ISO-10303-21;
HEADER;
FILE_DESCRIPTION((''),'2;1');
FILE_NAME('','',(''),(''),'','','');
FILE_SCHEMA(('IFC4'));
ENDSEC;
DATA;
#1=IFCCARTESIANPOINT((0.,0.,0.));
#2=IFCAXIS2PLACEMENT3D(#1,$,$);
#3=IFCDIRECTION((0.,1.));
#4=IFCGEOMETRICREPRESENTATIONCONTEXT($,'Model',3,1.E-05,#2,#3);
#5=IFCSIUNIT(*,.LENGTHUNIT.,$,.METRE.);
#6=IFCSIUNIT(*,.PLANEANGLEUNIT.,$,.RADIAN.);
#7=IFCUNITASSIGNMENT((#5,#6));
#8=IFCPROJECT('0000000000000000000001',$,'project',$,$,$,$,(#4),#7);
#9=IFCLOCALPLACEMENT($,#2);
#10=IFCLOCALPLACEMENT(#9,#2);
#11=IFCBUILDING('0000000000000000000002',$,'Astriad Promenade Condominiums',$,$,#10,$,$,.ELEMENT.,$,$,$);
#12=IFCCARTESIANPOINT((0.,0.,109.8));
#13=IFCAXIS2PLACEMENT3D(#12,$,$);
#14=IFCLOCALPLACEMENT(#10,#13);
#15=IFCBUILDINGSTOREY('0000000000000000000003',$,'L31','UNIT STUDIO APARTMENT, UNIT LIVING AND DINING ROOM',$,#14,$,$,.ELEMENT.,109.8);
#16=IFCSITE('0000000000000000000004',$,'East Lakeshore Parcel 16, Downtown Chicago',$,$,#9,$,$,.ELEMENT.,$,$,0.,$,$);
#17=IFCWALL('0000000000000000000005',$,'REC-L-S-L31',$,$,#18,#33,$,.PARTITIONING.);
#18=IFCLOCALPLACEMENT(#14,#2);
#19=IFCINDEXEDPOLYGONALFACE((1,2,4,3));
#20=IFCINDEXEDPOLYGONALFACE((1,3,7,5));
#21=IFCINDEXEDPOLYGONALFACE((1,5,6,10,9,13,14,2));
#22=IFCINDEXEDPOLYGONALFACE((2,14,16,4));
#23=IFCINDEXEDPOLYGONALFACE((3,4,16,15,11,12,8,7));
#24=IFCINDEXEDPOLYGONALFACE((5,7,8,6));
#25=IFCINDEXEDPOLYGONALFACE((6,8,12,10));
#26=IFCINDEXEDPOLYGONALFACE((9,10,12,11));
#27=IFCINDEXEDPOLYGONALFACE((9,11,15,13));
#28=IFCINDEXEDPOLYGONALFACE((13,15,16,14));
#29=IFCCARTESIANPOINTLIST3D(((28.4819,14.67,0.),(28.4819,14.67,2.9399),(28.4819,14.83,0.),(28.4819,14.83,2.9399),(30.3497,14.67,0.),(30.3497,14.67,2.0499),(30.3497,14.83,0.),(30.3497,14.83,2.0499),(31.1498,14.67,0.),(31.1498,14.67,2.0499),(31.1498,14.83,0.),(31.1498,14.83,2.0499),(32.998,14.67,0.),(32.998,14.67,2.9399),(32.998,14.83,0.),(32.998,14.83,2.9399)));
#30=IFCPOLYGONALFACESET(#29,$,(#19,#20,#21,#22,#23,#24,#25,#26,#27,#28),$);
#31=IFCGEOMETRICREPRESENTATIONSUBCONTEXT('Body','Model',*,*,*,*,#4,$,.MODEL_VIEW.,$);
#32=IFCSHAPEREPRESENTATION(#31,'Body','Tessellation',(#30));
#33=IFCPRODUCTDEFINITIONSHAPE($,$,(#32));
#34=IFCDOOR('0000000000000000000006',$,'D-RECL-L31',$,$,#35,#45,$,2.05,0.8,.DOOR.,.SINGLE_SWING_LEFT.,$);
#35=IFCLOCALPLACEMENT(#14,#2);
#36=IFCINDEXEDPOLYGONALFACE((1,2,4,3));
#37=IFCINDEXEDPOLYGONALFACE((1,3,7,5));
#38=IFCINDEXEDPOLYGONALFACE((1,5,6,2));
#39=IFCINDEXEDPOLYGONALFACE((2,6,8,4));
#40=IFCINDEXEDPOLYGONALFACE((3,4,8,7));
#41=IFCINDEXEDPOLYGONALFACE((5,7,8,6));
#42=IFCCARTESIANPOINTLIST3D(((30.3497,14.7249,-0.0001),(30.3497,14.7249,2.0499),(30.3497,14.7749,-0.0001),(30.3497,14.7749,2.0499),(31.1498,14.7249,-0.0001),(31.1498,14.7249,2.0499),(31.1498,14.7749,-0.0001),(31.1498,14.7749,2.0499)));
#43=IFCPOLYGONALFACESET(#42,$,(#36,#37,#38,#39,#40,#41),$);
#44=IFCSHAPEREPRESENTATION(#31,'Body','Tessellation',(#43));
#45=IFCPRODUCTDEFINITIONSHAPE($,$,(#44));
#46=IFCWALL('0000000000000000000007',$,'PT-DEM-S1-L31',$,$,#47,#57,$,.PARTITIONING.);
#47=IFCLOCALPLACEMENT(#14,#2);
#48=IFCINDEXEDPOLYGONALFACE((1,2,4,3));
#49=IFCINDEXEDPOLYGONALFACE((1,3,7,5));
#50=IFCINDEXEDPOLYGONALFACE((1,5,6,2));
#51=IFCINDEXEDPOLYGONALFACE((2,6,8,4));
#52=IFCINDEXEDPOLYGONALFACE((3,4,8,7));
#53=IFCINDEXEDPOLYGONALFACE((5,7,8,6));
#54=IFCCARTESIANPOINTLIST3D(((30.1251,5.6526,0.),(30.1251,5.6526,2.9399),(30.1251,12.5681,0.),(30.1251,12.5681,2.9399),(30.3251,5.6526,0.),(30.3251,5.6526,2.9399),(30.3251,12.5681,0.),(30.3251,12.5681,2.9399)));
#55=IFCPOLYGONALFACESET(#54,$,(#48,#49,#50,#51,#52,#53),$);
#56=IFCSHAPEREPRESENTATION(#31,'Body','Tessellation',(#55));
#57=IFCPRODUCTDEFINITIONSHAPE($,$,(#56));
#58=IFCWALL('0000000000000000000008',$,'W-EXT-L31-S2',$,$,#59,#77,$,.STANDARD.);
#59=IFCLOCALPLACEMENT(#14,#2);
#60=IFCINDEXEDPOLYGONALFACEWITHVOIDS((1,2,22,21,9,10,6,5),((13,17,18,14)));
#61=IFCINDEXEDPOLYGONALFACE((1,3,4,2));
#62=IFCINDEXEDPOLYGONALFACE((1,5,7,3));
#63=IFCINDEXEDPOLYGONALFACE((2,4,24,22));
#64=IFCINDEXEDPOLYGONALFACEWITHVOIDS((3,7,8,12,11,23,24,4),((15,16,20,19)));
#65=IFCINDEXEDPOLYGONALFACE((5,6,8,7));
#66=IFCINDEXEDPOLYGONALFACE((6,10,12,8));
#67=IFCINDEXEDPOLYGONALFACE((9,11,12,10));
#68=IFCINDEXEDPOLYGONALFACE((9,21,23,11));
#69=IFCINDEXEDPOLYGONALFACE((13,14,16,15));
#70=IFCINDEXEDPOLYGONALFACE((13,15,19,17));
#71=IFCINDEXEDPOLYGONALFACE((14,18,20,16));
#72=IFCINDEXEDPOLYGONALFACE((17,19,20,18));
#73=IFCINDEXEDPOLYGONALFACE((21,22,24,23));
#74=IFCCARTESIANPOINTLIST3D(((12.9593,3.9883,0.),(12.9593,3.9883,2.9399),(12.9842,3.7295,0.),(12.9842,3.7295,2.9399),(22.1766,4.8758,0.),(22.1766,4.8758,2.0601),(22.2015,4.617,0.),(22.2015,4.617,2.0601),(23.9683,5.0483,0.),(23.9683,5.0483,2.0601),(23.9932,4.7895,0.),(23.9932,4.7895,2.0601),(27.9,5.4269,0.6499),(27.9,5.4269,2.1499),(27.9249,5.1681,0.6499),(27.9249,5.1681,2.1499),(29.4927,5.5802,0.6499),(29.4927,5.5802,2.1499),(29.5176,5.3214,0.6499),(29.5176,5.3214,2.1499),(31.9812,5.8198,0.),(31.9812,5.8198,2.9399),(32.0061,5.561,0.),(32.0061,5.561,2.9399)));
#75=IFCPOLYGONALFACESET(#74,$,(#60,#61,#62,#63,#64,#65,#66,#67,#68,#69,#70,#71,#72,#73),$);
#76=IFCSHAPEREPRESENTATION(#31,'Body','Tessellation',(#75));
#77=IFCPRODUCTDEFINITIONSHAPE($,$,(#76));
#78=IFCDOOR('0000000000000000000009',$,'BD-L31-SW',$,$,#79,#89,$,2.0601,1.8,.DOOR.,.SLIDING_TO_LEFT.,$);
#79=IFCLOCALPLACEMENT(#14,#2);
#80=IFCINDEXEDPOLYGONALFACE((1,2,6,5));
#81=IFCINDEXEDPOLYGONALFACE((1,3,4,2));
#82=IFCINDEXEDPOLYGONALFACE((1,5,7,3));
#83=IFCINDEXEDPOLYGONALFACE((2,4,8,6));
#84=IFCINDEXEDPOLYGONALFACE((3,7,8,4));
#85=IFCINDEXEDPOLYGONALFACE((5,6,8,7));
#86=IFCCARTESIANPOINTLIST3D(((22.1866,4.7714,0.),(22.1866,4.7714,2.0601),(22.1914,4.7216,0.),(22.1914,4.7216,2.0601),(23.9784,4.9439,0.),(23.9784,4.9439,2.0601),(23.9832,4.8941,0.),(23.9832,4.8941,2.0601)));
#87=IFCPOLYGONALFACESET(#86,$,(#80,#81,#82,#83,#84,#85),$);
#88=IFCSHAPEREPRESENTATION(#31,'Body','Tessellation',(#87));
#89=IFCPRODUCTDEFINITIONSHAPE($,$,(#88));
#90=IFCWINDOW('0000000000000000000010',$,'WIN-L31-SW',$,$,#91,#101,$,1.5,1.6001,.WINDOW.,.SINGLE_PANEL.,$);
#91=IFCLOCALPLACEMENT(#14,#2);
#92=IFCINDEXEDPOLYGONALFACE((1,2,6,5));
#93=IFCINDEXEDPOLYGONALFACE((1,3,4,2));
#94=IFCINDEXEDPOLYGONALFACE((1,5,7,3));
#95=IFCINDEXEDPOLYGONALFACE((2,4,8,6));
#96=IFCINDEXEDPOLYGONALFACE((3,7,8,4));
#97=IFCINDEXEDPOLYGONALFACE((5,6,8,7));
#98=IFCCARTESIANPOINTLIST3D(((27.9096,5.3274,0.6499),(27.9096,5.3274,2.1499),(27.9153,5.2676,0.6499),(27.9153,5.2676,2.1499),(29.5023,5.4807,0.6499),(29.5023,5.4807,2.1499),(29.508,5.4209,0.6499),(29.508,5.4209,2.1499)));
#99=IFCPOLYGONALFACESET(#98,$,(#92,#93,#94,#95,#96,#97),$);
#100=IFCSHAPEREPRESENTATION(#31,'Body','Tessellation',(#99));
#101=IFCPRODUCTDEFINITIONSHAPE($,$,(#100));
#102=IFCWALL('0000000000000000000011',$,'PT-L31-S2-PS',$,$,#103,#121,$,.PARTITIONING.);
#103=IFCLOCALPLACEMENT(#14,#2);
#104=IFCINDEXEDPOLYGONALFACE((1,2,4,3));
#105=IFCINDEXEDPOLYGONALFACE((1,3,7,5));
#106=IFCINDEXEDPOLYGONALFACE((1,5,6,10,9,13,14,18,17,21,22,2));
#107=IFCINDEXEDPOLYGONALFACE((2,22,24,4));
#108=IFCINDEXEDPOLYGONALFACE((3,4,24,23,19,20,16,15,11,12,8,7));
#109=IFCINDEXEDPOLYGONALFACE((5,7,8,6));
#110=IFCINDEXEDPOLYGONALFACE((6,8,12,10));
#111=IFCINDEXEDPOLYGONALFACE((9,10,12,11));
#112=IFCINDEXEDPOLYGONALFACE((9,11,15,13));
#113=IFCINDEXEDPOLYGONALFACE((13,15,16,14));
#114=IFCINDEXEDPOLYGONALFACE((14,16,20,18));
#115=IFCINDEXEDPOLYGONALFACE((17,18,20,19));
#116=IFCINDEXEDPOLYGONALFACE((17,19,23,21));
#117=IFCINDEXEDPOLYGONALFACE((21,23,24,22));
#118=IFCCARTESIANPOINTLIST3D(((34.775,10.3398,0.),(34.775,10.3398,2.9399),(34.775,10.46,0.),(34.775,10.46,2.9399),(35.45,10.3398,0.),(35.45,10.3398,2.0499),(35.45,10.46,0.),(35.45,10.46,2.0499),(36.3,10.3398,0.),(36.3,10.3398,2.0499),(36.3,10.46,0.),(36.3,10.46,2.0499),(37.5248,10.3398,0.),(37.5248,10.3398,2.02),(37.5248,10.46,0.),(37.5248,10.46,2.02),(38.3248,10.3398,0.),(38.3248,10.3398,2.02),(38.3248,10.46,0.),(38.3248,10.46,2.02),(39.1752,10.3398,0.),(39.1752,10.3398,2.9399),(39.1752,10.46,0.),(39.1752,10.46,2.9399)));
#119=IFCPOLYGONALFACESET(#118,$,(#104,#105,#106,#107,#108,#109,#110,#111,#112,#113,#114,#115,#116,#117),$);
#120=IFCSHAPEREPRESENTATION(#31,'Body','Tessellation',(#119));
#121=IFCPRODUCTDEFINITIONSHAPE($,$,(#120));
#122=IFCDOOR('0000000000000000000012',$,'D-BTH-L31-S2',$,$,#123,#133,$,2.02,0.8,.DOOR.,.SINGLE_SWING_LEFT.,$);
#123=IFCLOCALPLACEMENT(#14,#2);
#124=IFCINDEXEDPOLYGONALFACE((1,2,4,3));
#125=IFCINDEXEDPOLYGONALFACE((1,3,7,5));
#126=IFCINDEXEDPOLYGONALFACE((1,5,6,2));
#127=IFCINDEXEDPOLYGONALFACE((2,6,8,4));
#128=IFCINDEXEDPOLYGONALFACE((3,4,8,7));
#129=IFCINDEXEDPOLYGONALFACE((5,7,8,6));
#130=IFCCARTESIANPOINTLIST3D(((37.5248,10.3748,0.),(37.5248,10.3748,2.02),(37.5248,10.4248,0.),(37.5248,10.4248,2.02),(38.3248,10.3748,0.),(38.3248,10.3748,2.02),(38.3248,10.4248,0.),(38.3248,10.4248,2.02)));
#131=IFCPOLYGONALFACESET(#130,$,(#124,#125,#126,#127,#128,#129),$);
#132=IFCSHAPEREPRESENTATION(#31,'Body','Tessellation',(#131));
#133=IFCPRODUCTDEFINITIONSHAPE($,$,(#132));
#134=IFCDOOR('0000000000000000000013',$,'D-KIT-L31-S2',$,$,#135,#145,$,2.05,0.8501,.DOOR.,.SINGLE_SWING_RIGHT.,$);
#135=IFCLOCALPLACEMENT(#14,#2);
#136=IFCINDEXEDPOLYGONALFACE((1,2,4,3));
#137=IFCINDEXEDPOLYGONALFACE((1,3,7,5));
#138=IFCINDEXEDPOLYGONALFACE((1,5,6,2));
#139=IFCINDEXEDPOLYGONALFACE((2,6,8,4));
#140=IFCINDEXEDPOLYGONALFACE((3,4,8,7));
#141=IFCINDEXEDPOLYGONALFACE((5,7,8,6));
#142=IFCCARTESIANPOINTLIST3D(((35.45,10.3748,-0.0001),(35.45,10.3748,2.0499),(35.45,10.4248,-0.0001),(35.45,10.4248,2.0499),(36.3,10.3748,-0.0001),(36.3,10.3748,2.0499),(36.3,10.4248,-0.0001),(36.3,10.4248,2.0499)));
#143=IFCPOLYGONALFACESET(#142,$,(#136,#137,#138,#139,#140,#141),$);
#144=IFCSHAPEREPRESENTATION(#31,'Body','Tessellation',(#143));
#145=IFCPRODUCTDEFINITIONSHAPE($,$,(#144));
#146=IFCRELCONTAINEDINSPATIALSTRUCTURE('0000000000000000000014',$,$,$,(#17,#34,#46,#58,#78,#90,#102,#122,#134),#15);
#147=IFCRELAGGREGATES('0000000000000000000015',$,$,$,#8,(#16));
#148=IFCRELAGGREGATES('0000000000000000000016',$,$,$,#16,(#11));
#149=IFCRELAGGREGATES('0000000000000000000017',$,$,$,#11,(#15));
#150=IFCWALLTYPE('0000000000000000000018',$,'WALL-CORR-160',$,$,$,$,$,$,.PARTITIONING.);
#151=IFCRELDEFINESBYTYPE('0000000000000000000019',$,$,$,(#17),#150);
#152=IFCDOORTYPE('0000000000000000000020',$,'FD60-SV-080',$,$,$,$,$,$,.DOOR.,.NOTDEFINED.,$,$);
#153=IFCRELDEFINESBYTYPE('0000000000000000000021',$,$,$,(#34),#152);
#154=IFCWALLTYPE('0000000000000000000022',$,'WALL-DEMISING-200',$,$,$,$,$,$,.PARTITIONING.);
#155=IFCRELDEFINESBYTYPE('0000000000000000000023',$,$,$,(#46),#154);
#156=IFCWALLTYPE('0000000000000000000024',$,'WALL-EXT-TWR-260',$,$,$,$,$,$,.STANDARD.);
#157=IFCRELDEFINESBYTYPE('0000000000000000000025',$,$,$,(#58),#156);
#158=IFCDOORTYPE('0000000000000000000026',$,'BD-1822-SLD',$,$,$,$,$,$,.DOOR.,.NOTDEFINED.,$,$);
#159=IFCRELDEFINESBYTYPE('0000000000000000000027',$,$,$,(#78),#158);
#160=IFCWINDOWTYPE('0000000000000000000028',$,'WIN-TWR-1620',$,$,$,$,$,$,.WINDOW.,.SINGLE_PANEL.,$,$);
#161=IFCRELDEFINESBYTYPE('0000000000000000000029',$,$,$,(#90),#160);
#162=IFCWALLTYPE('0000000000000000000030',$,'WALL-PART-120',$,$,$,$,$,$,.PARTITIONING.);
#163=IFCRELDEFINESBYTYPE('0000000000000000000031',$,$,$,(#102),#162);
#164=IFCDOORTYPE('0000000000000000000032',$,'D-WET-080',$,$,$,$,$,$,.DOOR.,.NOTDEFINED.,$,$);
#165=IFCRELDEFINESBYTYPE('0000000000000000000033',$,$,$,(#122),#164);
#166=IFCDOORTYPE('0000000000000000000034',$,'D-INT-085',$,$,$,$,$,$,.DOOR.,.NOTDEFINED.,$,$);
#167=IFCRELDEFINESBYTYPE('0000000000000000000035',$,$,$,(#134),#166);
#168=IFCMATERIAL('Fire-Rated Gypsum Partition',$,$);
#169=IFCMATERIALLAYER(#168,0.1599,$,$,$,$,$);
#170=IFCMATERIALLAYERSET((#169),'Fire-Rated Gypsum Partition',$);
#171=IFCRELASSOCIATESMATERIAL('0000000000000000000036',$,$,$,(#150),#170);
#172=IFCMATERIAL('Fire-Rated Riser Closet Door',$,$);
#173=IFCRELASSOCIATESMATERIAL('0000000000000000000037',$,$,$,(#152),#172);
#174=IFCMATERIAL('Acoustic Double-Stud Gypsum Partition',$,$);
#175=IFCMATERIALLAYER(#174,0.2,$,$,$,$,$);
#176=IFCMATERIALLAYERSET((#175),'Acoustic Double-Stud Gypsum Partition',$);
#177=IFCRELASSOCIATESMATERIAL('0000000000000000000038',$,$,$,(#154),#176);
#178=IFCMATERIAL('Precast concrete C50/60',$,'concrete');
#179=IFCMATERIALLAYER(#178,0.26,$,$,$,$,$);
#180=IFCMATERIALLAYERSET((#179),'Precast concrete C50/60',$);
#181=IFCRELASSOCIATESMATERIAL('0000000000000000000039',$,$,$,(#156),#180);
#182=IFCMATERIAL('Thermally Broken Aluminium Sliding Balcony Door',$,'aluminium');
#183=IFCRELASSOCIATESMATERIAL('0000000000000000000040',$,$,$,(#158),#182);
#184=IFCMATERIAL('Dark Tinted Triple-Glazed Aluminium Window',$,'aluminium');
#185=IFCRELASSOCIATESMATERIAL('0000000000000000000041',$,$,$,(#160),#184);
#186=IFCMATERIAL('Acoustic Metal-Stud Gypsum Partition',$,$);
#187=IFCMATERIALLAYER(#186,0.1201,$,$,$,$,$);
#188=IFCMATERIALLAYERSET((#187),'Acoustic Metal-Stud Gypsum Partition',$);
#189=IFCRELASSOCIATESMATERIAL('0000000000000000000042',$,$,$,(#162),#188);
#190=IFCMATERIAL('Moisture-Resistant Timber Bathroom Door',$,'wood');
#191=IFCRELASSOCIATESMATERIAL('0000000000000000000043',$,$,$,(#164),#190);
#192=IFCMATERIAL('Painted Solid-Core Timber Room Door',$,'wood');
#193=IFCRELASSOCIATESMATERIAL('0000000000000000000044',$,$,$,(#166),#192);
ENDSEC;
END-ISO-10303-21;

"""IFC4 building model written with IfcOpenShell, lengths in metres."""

from ifc_helpers import new_model, si_unit, direction, frame, frame_2d, origin, place, context, subcontext, project, spatial, rectangle, extrude, source, transform, mapped, material, layer, layer_set, type_object, type_shapes, element, fill, save


model = new_model("IFC4")

# Units and contexts
model_context = context("Model", 3, precision=1e-05, world=origin(), true_north=direction((0.0, 1.0)))
body_context = subcontext(model_context, "Body", "Model", "MODEL_VIEW")
ifc_project = project(units=[si_unit("LENGTHUNIT", "METRE"), si_unit("PLANEANGLEUNIT", "RADIAN")], contexts=[model_context])

# Site, building, storey
site_placement = place(None, origin())
site = spatial("IfcSite", under=ifc_project, at=site_placement, Name="East Lakeshore Parcel 16, Downtown Chicago", CompositionType="ELEMENT", RefElevation=0.0)
building_placement = place(site_placement, origin())
building = spatial("IfcBuilding", under=site, at=building_placement, Name="Astriad Promenade Condominiums", CompositionType="ELEMENT")
storey_placement = place(building_placement, frame((0.0, 0.0, 109.8)))
storey = spatial("IfcBuildingStorey", under=building, at=storey_placement, Name="L31", Description="UNIT STUDIO APARTMENT, UNIT LIVING AND DINING ROOM", CompositionType="ELEMENT", Elevation=109.8)

# Wall, opening, door
ifc_material_1 = material(Name="Fire-Rated Gypsum Partition")
ifc_layer_1 = layer(ifc_material_1, 0.1599)
ifc_layer_set_1 = layer_set([ifc_layer_1], Name="Fire-Rated Gypsum Partition")
wall_type_1 = type_object("IfcWallType", Name="WALL-CORR-160", PredefinedType="PARTITIONING", material=ifc_layer_set_1)
wall_1_placement = place(storey_placement, frame((28.4819, 14.75, 0.0), z_axis=(0.0, 0.0, 1.0), x_axis=(1.0, 0.0, 0.0)))
wall_1 = element("IfcWall", 1, at=wall_1_placement, inside=storey, type_object=wall_type_1, Name="REC-L-S-L31", PredefinedType="PARTITIONING", context=body_context, shape_type="SweptSolid", body=[
    extrude(rectangle(XDim=4.5161, YDim=0.1599, at=frame_2d((2.2581, 0.0))), origin(), (0.0, 0.0, 1.0), 2.9399),
])
opening_1_placement = place(wall_1_placement, frame((1.8679, 0.0, 0.0)))
opening_1 = element("IfcOpeningElement", 2, at=opening_1_placement, cuts=wall_1, PredefinedType="OPENING", context=body_context, shape_type="SweptSolid", body=[
    extrude(rectangle(XDim=0.8, YDim=2.05, at=frame_2d((0.3999, 1.0249))), frame((0.0, 0.0898, 0.0), z_axis=(0.0, -1.0, 0.0), x_axis=(1.0, 0.0, 0.0)), (0.0, 0.0, 1.0), 0.1799),
])
ifc_material_2 = material(Name="Fire-Rated Riser Closet Door")
door_type_1 = type_object("IfcDoorType", Name="FD60-SV-080", OperationType="NOTDEFINED", PredefinedType="DOOR", material=ifc_material_2)
shared_shape_1 = source(origin(), body_context, "Body", "SweptSolid", [
    extrude(rectangle(XDim=0.8, YDim=2.05, at=frame_2d((0.3999, 1.0249))), frame((0.0, 0.0249, 0.0), z_axis=(0.0, -1.0, 0.0), x_axis=(1.0, 0.0, 0.0)), (0.0, 0.0, 1.0), 0.05),
])
type_shapes(door_type_1, [shared_shape_1])
door_1_placement = place(opening_1_placement, origin())
door_1 = element("IfcDoor", 3, at=door_1_placement, inside=storey, type_object=door_type_1, Name="D-RECL-L31", OperationType="SINGLE_SWING_LEFT", OverallHeight=2.05, OverallWidth=0.8, PredefinedType="DOOR", context=body_context, shape_type="MappedRepresentation", body=[
    mapped(shared_shape_1, transform((0.0, 0.0, 0.0), scale=1.0)),
])
fill(opening_1, door_1)

# Wall
ifc_material_3 = material(Name="Acoustic Double-Stud Gypsum Partition")
ifc_layer_2 = layer(ifc_material_3, 0.2)
ifc_layer_set_2 = layer_set([ifc_layer_2], Name="Acoustic Double-Stud Gypsum Partition")
wall_type_2 = type_object("IfcWallType", Name="WALL-DEMISING-200", PredefinedType="PARTITIONING", material=ifc_layer_set_2)
wall_2_placement = place(storey_placement, frame((30.2251, 5.6526, 0.0), z_axis=(0.0, 0.0, 1.0), x_axis=(0.0, 1.0, 0.0)))
element("IfcWall", 4, at=wall_2_placement, inside=storey, type_object=wall_type_2, Name="PT-DEM-S1-L31", PredefinedType="PARTITIONING", context=body_context, shape_type="SweptSolid", body=[
    extrude(rectangle(XDim=6.9155, YDim=0.2, at=frame_2d((3.4578, 0.0))), origin(), (0.0, 0.0, 1.0), 2.9399),
])

# Wall, openings, door, window
ifc_material_4 = material(Name="Precast concrete C50/60", Category="concrete")
ifc_layer_3 = layer(ifc_material_4, 0.26)
ifc_layer_set_3 = layer_set([ifc_layer_3], Name="Precast concrete C50/60")
wall_type_3 = type_object("IfcWallType", Name="WALL-EXT-TWR-260", PredefinedType="STANDARD", material=ifc_layer_set_3)
wall_3_placement = place(storey_placement, frame((31.9937, 5.6904, 0.0), z_axis=(0.0, 0.0, 1.0), x_axis=(-0.995397, -0.095842, 0.0)))
wall_3 = element("IfcWall", 5, at=wall_3_placement, inside=storey, type_object=wall_type_3, Name="W-EXT-L31-S2", PredefinedType="STANDARD", context=body_context, shape_type="SweptSolid", body=[
    extrude(rectangle(XDim=19.1099, YDim=0.26, at=frame_2d((9.5549, 0.0))), origin(), (0.0, 0.0, 1.0), 2.9399),
])
opening_2_placement = place(wall_3_placement, frame((8.05, 0.0, 0.0)))
opening_2 = element("IfcOpeningElement", 6, at=opening_2_placement, cuts=wall_3, PredefinedType="OPENING", context=body_context, shape_type="SweptSolid", body=[
    extrude(rectangle(XDim=1.8, YDim=2.0601, at=frame_2d((0.8999, 1.03))), frame((0.0, 0.1399, 0.0), z_axis=(0.0, -1.0, 0.0), x_axis=(1.0, 0.0, 0.0)), (0.0, 0.0, 1.0), 0.28),
])
opening_3_placement = place(wall_3_placement, frame((2.5, 0.0, 0.6499)))
opening_3 = element("IfcOpeningElement", 7, at=opening_3_placement, cuts=wall_3, PredefinedType="OPENING", context=body_context, shape_type="SweptSolid", body=[
    extrude(rectangle(XDim=1.6001, YDim=1.5, at=frame_2d((0.8, 0.75))), frame((0.0, 0.1399, 0.0), z_axis=(0.0, -1.0, 0.0), x_axis=(1.0, 0.0, 0.0)), (0.0, 0.0, 1.0), 0.28),
])
ifc_material_5 = material(Name="Thermally Broken Aluminium Sliding Balcony Door", Category="aluminium")
door_type_2 = type_object("IfcDoorType", Name="BD-1822-SLD", OperationType="NOTDEFINED", PredefinedType="DOOR", material=ifc_material_5)
shared_shape_2 = source(origin(), body_context, "Body", "SweptSolid", [
    extrude(rectangle(XDim=1.8, YDim=2.0601, at=frame_2d((0.8999, 1.03))), frame((0.0, 0.0249, 0.0), z_axis=(0.0, -1.0, 0.0), x_axis=(1.0, 0.0, 0.0)), (0.0, 0.0, 1.0), 0.05),
])
type_shapes(door_type_2, [shared_shape_2])
door_2_placement = place(opening_2_placement, origin())
door_2 = element("IfcDoor", 8, at=door_2_placement, inside=storey, type_object=door_type_2, Name="BD-L31-SW", OperationType="SLIDING_TO_LEFT", OverallHeight=2.0601, OverallWidth=1.8, PredefinedType="DOOR", context=body_context, shape_type="MappedRepresentation", body=[
    mapped(shared_shape_2, transform((0.0, 0.0, 0.0), scale=1.0)),
])
fill(opening_2, door_2)
ifc_material_6 = material(Name="Dark Tinted Triple-Glazed Aluminium Window", Category="aluminium")
window_type = type_object("IfcWindowType", Name="WIN-TWR-1620", PartitioningType="SINGLE_PANEL", PredefinedType="WINDOW", material=ifc_material_6)
shared_shape_3 = source(origin(), body_context, "Body", "SweptSolid", [
    extrude(rectangle(XDim=1.6001, YDim=1.5, at=frame_2d((0.8, 0.75))), frame((0.0, 0.03, 0.0), z_axis=(0.0, -1.0, 0.0), x_axis=(1.0, 0.0, 0.0)), (0.0, 0.0, 1.0), 0.0601),
])
type_shapes(window_type, [shared_shape_3])
window_placement = place(opening_3_placement, origin())
window = element("IfcWindow", 9, at=window_placement, inside=storey, type_object=window_type, Name="WIN-L31-SW", OverallHeight=1.5, OverallWidth=1.6001, PartitioningType="SINGLE_PANEL", PredefinedType="WINDOW", context=body_context, shape_type="MappedRepresentation", body=[
    mapped(shared_shape_3, transform((0.0, 0.0, 0.0), scale=1.0)),
])
fill(opening_3, window)

# Wall, openings, doors
ifc_material_7 = material(Name="Acoustic Metal-Stud Gypsum Partition")
ifc_layer_4 = layer(ifc_material_7, 0.1201)
ifc_layer_set_4 = layer_set([ifc_layer_4], Name="Acoustic Metal-Stud Gypsum Partition")
wall_type_4 = type_object("IfcWallType", Name="WALL-PART-120", PredefinedType="PARTITIONING", material=ifc_layer_set_4)
wall_4_placement = place(storey_placement, frame((34.7749, 10.3999, 0.0), z_axis=(0.0, 0.0, 1.0), x_axis=(1.0, 0.0, 0.0)))
wall_4 = element("IfcWall", 10, at=wall_4_placement, inside=storey, type_object=wall_type_4, Name="PT-L31-S2-PS", PredefinedType="PARTITIONING", context=body_context, shape_type="SweptSolid", body=[
    extrude(rectangle(XDim=4.4001, YDim=0.1201, at=frame_2d((2.2002, 0.0))), origin(), (0.0, 0.0, 1.0), 2.9399),
])
opening_4_placement = place(wall_4_placement, frame((0.675, 0.0, 0.0)))
opening_4 = element("IfcOpeningElement", 11, at=opening_4_placement, cuts=wall_4, PredefinedType="OPENING", context=body_context, shape_type="SweptSolid", body=[
    extrude(rectangle(XDim=0.8501, YDim=2.05, at=frame_2d((0.425, 1.0249))), frame((0.0, 0.0701, 0.0), z_axis=(0.0, -1.0, 0.0), x_axis=(1.0, 0.0, 0.0)), (0.0, 0.0, 1.0), 0.1401),
])
opening_5_placement = place(wall_4_placement, frame((2.75, 0.0, 0.0)))
opening_5 = element("IfcOpeningElement", 12, at=opening_5_placement, cuts=wall_4, PredefinedType="OPENING", context=body_context, shape_type="SweptSolid", body=[
    extrude(rectangle(XDim=0.8, YDim=2.02, at=frame_2d((0.3999, 1.01))), frame((0.0, 0.0701, 0.0), z_axis=(0.0, -1.0, 0.0), x_axis=(1.0, 0.0, 0.0)), (0.0, 0.0, 1.0), 0.1401),
])
ifc_material_8 = material(Name="Moisture-Resistant Timber Bathroom Door", Category="wood")
door_type_3 = type_object("IfcDoorType", Name="D-WET-080", OperationType="NOTDEFINED", PredefinedType="DOOR", material=ifc_material_8)
shared_shape_4 = source(origin(), body_context, "Body", "SweptSolid", [
    extrude(rectangle(XDim=0.8, YDim=2.02, at=frame_2d((0.3999, 1.01))), frame((0.0, 0.0249, 0.0), z_axis=(0.0, -1.0, 0.0), x_axis=(1.0, 0.0, 0.0)), (0.0, 0.0, 1.0), 0.05),
])
type_shapes(door_type_3, [shared_shape_4])
door_3_placement = place(opening_5_placement, origin())
door_3 = element("IfcDoor", 13, at=door_3_placement, inside=storey, type_object=door_type_3, Name="D-BTH-L31-S2", OperationType="SINGLE_SWING_LEFT", OverallHeight=2.02, OverallWidth=0.8, PredefinedType="DOOR", context=body_context, shape_type="MappedRepresentation", body=[
    mapped(shared_shape_4, transform((0.0, 0.0, 0.0), scale=1.0)),
])
fill(opening_5, door_3)
ifc_material_9 = material(Name="Painted Solid-Core Timber Room Door", Category="wood")
door_type_4 = type_object("IfcDoorType", Name="D-INT-085", OperationType="NOTDEFINED", PredefinedType="DOOR", material=ifc_material_9)
shared_shape_5 = source(origin(), body_context, "Body", "SweptSolid", [
    extrude(rectangle(XDim=0.8501, YDim=2.05, at=frame_2d((0.425, 1.0249))), frame((0.0, 0.0249, 0.0), z_axis=(0.0, -1.0, 0.0), x_axis=(1.0, 0.0, 0.0)), (0.0, 0.0, 1.0), 0.05),
])
type_shapes(door_type_4, [shared_shape_5])
door_4_placement = place(opening_4_placement, origin())
door_4 = element("IfcDoor", 14, at=door_4_placement, inside=storey, type_object=door_type_4, Name="D-KIT-L31-S2", OperationType="SINGLE_SWING_RIGHT", OverallHeight=2.05, OverallWidth=0.8501, PredefinedType="DOOR", context=body_context, shape_type="MappedRepresentation", body=[
    mapped(shared_shape_5, transform((0.0, 0.0, 0.0), scale=1.0)),
])
fill(opening_4, door_4)

save(model, "model.ifc")
